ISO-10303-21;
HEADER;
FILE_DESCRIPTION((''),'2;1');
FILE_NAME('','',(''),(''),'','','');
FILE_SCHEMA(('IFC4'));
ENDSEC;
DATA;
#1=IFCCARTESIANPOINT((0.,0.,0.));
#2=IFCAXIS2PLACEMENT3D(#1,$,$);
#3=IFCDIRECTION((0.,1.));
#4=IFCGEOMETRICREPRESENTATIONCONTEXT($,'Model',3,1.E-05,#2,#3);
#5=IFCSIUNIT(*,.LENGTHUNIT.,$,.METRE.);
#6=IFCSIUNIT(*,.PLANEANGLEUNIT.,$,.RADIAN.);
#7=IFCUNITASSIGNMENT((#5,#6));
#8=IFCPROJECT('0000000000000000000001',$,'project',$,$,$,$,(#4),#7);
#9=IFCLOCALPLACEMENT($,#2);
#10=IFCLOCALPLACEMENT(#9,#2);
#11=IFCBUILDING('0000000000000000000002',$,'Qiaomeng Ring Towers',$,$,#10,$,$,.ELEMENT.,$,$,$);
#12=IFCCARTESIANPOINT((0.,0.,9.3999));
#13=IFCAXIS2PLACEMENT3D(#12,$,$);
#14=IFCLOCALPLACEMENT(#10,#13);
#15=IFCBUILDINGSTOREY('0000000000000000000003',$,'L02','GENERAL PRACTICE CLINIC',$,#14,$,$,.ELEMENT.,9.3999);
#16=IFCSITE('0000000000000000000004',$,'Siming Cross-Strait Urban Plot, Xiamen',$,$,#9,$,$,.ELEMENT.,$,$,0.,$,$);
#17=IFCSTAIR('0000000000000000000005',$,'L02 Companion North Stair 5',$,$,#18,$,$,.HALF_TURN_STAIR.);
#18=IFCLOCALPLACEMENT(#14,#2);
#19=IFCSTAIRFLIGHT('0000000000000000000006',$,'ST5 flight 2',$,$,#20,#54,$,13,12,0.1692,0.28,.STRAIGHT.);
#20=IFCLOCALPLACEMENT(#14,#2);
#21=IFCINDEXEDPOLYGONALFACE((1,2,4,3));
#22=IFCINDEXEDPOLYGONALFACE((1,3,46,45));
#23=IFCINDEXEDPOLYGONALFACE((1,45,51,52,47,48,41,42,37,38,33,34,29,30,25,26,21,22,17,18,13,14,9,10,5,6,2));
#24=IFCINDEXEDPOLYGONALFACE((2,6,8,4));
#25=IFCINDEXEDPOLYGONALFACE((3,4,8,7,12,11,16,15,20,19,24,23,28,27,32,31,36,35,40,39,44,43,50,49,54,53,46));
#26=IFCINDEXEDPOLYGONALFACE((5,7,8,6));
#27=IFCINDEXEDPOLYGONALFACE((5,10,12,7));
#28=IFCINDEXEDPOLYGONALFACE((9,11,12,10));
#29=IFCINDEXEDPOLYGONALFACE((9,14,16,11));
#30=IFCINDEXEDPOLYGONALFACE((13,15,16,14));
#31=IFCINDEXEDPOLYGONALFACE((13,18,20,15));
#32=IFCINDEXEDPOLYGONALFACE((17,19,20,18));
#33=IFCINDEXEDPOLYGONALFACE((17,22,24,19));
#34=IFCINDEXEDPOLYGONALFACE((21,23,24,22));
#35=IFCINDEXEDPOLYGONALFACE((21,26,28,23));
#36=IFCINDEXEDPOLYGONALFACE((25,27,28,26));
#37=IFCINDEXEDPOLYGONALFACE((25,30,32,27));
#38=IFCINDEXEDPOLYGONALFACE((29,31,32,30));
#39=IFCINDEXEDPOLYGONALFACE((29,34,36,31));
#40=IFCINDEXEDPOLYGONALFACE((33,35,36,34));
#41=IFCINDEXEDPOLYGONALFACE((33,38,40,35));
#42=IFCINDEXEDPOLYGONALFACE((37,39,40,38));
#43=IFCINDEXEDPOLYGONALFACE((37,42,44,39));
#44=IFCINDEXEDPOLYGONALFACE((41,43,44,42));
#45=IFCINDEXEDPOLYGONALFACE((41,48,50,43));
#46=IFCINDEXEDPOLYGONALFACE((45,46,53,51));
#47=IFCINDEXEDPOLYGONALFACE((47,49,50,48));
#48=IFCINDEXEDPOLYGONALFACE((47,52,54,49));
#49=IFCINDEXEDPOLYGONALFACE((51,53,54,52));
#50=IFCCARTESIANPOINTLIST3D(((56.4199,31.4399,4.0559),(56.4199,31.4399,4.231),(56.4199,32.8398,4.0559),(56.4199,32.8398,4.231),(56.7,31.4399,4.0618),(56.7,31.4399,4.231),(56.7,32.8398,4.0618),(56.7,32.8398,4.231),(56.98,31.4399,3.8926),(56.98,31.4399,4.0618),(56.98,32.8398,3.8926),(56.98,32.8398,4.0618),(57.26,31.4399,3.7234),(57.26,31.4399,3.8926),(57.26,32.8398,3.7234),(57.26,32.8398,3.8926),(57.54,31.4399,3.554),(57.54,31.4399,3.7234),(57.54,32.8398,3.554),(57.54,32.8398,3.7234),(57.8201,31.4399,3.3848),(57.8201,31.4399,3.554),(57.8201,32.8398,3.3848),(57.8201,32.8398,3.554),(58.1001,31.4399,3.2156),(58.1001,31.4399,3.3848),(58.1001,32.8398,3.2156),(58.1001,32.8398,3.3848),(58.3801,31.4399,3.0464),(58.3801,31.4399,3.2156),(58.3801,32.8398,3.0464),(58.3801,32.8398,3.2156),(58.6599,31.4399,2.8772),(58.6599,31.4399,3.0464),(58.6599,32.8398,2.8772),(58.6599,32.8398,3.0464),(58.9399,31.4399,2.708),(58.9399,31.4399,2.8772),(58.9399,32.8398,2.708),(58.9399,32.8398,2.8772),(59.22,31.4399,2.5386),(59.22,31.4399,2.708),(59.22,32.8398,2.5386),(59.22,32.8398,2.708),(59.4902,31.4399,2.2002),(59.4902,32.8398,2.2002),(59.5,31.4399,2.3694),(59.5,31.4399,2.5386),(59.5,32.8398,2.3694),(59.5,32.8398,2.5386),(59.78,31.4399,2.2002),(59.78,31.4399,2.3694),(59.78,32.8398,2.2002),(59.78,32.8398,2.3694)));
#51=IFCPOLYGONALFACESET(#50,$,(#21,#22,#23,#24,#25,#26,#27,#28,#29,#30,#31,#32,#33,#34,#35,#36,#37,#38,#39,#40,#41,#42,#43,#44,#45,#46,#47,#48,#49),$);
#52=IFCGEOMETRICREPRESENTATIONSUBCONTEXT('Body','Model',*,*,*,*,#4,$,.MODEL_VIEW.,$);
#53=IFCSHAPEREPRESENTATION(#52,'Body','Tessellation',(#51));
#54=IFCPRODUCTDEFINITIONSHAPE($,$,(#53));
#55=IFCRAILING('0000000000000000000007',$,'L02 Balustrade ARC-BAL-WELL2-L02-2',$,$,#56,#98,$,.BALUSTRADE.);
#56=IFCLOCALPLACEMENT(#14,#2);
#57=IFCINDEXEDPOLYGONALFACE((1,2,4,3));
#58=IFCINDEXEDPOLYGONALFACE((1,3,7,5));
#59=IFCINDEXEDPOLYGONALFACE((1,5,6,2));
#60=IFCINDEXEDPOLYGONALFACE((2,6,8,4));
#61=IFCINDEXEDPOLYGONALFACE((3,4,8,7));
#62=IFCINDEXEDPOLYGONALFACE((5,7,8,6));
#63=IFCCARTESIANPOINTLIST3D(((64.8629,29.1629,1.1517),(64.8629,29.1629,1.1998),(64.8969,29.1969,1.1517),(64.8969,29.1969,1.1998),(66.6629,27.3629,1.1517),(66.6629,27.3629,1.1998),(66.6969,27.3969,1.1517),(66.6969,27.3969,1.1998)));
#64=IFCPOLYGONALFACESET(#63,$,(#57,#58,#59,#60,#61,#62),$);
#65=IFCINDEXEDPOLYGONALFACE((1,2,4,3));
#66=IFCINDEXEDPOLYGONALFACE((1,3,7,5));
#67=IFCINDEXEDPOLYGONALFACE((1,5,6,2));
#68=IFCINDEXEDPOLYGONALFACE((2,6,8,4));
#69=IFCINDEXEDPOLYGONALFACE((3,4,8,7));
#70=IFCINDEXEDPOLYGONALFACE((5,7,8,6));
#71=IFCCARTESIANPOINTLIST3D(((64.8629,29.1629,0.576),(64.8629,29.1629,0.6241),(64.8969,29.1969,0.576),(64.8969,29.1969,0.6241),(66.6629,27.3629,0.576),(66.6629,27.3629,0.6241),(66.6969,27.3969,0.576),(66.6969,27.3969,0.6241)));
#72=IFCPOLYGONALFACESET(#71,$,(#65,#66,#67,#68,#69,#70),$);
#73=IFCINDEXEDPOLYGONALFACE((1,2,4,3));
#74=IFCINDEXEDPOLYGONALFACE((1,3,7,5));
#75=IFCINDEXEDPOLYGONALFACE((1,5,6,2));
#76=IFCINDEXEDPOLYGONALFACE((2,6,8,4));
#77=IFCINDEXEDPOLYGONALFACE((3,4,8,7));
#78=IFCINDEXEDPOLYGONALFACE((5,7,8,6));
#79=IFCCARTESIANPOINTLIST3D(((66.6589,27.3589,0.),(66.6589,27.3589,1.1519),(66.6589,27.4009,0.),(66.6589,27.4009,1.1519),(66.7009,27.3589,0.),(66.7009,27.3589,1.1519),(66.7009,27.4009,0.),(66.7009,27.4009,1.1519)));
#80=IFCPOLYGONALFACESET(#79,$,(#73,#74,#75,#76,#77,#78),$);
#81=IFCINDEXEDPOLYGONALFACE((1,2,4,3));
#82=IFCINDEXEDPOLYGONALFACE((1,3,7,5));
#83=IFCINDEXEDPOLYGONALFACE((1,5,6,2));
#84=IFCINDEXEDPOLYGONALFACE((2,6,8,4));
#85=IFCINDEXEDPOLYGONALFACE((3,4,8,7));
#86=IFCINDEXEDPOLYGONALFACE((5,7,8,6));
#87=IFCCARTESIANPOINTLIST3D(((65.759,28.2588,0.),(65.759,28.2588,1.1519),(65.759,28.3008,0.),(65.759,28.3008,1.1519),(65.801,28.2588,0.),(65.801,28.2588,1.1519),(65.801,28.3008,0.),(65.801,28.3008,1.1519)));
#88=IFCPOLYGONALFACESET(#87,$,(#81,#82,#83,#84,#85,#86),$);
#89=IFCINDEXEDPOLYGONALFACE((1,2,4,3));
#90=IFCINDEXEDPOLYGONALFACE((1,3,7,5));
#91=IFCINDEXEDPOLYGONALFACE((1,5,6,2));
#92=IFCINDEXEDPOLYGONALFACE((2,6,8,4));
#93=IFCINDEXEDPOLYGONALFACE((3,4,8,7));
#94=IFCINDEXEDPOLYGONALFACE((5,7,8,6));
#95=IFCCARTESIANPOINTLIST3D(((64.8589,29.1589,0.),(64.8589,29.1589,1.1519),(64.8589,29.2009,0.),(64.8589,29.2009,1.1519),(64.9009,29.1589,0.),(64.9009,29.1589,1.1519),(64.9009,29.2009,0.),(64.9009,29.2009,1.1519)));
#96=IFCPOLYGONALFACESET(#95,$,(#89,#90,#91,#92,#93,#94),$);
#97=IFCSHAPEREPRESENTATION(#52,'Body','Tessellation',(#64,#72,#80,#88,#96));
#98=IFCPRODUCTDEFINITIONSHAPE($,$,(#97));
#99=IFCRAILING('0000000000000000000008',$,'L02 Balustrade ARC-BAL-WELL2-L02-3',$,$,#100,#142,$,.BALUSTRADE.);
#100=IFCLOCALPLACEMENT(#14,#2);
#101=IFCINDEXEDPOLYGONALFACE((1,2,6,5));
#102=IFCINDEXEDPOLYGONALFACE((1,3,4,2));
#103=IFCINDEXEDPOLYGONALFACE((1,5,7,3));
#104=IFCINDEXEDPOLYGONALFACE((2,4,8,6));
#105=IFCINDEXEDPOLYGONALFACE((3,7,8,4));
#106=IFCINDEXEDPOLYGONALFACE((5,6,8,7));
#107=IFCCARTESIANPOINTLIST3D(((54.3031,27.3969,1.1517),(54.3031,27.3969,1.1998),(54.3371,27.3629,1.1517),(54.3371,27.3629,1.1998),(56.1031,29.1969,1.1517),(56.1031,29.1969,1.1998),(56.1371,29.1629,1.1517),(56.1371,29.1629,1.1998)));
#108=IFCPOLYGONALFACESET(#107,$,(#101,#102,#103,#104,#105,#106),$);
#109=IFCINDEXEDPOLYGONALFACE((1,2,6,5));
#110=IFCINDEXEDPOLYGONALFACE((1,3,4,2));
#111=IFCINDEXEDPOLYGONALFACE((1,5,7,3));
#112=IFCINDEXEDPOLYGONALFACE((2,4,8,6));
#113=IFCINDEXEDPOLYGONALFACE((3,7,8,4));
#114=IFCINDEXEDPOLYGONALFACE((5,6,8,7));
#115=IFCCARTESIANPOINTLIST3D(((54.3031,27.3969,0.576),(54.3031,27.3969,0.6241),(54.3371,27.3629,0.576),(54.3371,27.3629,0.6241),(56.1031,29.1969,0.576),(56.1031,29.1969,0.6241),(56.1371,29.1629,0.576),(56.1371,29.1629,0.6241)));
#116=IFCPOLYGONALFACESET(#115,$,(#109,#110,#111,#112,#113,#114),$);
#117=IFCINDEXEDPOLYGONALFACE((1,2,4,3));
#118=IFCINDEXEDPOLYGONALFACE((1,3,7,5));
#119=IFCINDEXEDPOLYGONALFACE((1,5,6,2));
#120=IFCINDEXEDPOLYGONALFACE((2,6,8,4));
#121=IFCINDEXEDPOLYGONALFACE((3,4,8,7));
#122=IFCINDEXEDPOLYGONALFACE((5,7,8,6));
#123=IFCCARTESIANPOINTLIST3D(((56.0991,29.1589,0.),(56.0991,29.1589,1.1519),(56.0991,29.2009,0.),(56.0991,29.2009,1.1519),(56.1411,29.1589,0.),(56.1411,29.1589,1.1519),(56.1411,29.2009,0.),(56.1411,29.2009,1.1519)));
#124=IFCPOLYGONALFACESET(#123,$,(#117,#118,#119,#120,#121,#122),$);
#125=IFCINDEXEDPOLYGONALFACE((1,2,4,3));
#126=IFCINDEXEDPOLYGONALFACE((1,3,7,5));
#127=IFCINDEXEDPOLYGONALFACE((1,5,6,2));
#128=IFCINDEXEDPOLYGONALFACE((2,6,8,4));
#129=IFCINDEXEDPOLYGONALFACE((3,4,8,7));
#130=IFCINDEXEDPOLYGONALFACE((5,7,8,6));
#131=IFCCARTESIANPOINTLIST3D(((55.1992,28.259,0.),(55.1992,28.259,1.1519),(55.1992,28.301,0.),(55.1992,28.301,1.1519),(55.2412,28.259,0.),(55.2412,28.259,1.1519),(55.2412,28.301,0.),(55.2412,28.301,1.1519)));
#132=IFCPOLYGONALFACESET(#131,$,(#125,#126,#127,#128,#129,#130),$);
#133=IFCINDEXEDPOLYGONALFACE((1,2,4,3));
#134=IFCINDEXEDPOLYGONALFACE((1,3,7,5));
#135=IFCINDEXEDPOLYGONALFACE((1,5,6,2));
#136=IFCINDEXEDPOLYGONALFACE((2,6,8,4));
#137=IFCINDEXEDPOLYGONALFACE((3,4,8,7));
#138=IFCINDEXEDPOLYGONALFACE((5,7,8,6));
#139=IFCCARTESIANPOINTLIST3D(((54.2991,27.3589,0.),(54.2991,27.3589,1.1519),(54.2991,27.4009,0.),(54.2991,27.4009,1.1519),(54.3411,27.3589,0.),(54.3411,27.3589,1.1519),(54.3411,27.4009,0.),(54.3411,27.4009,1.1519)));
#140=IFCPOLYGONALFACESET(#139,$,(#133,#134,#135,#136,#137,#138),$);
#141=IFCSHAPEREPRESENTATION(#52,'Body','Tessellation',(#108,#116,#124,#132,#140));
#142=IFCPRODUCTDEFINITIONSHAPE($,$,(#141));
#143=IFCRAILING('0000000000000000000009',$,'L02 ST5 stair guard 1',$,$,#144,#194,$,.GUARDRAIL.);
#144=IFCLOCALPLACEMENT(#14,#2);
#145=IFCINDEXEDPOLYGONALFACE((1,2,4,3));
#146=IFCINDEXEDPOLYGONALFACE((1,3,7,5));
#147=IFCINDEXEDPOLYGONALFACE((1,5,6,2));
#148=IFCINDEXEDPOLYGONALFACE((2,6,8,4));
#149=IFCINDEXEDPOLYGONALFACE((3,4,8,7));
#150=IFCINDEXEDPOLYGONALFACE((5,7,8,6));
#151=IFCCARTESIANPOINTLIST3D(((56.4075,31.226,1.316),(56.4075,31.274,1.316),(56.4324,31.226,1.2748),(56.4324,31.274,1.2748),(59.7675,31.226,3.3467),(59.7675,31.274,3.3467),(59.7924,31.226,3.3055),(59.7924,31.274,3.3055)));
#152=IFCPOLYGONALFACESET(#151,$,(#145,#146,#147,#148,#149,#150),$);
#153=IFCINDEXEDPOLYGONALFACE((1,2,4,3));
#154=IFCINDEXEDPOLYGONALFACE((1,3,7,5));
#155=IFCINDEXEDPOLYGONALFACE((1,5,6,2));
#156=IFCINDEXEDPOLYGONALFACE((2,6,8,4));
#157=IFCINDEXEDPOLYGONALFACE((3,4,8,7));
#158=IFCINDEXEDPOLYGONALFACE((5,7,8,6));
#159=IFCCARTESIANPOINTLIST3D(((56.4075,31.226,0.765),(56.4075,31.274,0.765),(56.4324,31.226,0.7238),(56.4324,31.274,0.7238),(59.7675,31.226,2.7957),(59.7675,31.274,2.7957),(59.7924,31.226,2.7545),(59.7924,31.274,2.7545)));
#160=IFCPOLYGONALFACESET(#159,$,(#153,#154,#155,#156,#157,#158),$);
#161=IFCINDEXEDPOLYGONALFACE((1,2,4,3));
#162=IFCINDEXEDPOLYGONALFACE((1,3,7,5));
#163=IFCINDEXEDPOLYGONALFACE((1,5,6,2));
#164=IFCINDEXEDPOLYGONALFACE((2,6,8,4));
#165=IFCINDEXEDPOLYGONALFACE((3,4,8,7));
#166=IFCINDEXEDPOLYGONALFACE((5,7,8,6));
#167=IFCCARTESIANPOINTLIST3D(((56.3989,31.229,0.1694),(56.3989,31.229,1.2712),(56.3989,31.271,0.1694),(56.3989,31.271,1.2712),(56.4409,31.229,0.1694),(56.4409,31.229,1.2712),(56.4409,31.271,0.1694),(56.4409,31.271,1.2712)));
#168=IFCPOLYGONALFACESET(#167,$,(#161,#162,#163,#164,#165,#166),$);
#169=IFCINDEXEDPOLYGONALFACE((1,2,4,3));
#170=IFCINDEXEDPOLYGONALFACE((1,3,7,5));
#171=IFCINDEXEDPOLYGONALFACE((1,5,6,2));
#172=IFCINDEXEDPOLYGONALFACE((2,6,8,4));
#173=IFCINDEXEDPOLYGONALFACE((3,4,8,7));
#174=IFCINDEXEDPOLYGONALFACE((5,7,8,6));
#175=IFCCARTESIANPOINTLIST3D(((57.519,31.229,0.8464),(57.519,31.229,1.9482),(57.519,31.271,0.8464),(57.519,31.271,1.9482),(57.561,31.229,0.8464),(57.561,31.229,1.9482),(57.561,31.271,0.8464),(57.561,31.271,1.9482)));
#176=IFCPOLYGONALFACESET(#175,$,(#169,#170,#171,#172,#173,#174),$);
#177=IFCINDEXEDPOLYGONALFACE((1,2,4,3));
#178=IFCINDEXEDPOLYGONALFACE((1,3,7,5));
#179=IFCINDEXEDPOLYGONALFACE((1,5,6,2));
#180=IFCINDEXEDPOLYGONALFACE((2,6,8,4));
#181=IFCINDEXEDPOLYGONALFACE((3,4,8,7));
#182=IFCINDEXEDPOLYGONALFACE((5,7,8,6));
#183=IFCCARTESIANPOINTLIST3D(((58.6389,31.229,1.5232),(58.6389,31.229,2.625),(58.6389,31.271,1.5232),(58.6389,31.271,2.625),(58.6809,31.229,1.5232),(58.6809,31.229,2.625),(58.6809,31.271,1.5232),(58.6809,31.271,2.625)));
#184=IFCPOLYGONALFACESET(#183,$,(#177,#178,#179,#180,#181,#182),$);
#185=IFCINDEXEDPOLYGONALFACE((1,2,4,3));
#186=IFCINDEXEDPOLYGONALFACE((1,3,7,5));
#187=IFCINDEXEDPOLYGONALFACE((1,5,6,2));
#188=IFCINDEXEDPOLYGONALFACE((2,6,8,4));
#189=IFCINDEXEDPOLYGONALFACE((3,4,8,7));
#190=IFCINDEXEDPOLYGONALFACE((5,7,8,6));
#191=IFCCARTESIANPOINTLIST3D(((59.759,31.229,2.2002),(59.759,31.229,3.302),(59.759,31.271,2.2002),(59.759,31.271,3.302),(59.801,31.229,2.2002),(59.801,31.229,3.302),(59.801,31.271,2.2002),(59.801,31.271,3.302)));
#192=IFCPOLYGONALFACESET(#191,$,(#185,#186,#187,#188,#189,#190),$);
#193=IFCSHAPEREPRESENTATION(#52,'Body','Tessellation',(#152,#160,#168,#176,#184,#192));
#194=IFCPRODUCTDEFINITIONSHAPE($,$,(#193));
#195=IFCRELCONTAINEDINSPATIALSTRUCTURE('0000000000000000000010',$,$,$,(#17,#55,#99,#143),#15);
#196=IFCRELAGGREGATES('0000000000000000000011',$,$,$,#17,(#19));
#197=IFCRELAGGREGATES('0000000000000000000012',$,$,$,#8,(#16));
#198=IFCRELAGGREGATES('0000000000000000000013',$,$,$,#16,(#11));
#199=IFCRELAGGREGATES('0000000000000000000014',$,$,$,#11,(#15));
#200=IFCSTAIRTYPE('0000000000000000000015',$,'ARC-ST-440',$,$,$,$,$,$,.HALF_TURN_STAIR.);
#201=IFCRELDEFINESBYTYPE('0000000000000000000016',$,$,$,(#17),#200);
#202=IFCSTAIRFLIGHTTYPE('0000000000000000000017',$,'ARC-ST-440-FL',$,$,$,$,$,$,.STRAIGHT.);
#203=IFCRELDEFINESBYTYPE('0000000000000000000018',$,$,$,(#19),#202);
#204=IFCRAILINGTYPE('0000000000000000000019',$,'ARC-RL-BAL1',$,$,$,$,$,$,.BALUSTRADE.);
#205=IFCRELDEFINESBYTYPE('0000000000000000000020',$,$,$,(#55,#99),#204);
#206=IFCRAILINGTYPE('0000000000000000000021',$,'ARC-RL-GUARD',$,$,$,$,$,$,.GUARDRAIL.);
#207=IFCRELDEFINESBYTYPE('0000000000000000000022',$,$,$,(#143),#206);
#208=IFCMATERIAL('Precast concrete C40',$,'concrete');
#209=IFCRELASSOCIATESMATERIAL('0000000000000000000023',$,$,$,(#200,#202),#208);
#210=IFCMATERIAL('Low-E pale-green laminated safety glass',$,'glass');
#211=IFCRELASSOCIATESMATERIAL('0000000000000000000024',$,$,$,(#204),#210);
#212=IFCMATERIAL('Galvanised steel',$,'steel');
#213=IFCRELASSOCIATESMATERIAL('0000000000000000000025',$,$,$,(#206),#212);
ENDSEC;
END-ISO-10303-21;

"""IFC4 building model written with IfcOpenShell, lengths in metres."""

from ifc_helpers import new_model, si_unit, direction, frame, origin, origin_2d, place, context, subcontext, project, spatial, polyline, rectangle, outline, extrude, source, transform, mapped, material, type_object, element, aggregate, save


model = new_model("IFC4")

# Units and contexts
model_context = context("Model", 3, precision=1e-05, world=origin(), true_north=direction((0.0, 1.0)))
body_context = subcontext(model_context, "Body", "Model", "MODEL_VIEW")
ifc_project = project(units=[si_unit("LENGTHUNIT", "METRE"), si_unit("PLANEANGLEUNIT", "RADIAN")], contexts=[model_context])

# Site, building, storey
site_placement = place(None, origin())
site = spatial("IfcSite", under=ifc_project, at=site_placement, Name="Siming Cross-Strait Urban Plot, Xiamen", CompositionType="ELEMENT", RefElevation=0.0)
building_placement = place(site_placement, origin())
building = spatial("IfcBuilding", under=site, at=building_placement, Name="Qiaomeng Ring Towers", CompositionType="ELEMENT")
storey_placement = place(building_placement, frame((0.0, 0.0, 9.3999)))
storey = spatial("IfcBuildingStorey", under=building, at=storey_placement, Name="L02", Description="GENERAL PRACTICE CLINIC", CompositionType="ELEMENT", Elevation=9.3999)

# Shared definitions
ifc_material_1 = material(Name="Galvanised steel", Category="steel")

# Stair, stair flight
ifc_material_2 = material(Name="Precast concrete C40", Category="concrete")
stair_type = type_object("IfcStairType", Name="ARC-ST-440", PredefinedType="HALF_TURN_STAIR", material=ifc_material_2)
stair_placement = place(storey_placement, origin())
stair = element("IfcStair", 1, at=stair_placement, inside=storey, type_object=stair_type, Name="L02 Companion North Stair 5", PredefinedType="HALF_TURN_STAIR")
stair_flight_type = type_object("IfcStairFlightType", Name="ARC-ST-440-FL", PredefinedType="STRAIGHT", material=ifc_material_2)
shared_shape_1 = source(origin(), body_context, "Body", "SweptSolid", [
    extrude(outline(polyline([(0.0, 0.0), (0.0, 0.1692), (0.28, 0.1692), (0.28, 0.3384), (0.5601, 0.3384), (0.5601, 0.5078), (0.8401, 0.5078), (0.8401, 0.677), (1.1201, 0.677), (1.1201, 0.8462), (1.3999, 0.8462), (1.3999, 1.0154), (1.6799, 1.0154), (1.6799, 1.1846), (1.96, 1.1846), (1.96, 1.3538), (2.24, 1.3538), (2.24, 1.5232), (2.52, 1.5232), (2.52, 1.6924), (2.8, 1.6924), (2.8, 1.8616), (3.0801, 1.8616), (3.0801, 2.0308), (3.3601, 2.0308), (3.3601, 2.2), (3.3601, 1.8557), (0.2898, 0.0), (0.0, 0.0)])), frame((0.0, 0.7, 0.0), z_axis=(0.0, -1.0, 0.0), x_axis=(1.0, 0.0, 0.0)), (0.0, 0.0, 1.0), 1.3999),
])
stair_flight_1_placement = place(storey_placement, frame((59.78, 32.1399, 2.2002), z_axis=(0.0, 0.0, 1.0), x_axis=(-1.0, 0.0, 0.0)))
stair_flight_1 = element("IfcStairFlight", 2, at=stair_flight_1_placement, type_object=stair_flight_type, Name="ST5 flight 2", NumberOfRisers=13, NumberOfTreads=12, PredefinedType="STRAIGHT", RiserHeight=0.1692, TreadLength=0.28, context=body_context, shape_type="MappedRepresentation", body=[
    mapped(shared_shape_1, transform((0.0, 0.0, 0.0), x_axis=(1.0, 0.0, 0.0), y_axis=(0.0, 1.0, 0.0), z_axis=(0.0, 0.0, 1.0), scale=1.0)),
])
aggregate(stair, [stair_flight_1])

# Railings
ifc_material_3 = material(Name="Low-E pale-green laminated safety glass", Category="glass")
railing_type_1 = type_object("IfcRailingType", Name="ARC-RL-BAL1", PredefinedType="BALUSTRADE", material=ifc_material_3)
railing_1_placement = place(storey_placement, frame((66.6799, 27.3799, 0.0)))
element("IfcRailing", 3, at=railing_1_placement, inside=storey, type_object=railing_type_1, Name="L02 Balustrade ARC-BAL-WELL2-L02-2", PredefinedType="BALUSTRADE", context=body_context, shape_type="SweptSolid", body=[
    extrude(rectangle(XDim=0.0481, YDim=0.0481, at=origin_2d()), frame((0.0, 0.0, 1.1758), z_axis=(-0.707107, 0.707107, 0.0), x_axis=(-0.707107, -0.707107, 0.0)), (0.0, 0.0, 1.0), 2.5457),
    extrude(rectangle(XDim=0.0481, YDim=0.0481, at=origin_2d()), frame((0.0, 0.0, 0.6001), z_axis=(-0.707107, 0.707107, 0.0), x_axis=(-0.707107, -0.707107, 0.0)), (0.0, 0.0, 1.0), 2.5457),
    extrude(rectangle(XDim=0.042, YDim=0.042, at=origin_2d()), origin(), (0.0, 0.0, 1.0), 1.1519),
    extrude(rectangle(XDim=0.042, YDim=0.042, at=origin_2d()), frame((-0.8999, 0.8999, 0.0)), (0.0, 0.0, 1.0), 1.1519),
    extrude(rectangle(XDim=0.042, YDim=0.042, at=origin_2d()), frame((-1.8, 1.8, 0.0)), (0.0, 0.0, 1.0), 1.1519),
])
railing_2_placement = place(storey_placement, frame((56.1201, 29.1799, 0.0)))
element("IfcRailing", 4, at=railing_2_placement, inside=storey, type_object=railing_type_1, Name="L02 Balustrade ARC-BAL-WELL2-L02-3", PredefinedType="BALUSTRADE", context=body_context, shape_type="SweptSolid", body=[
    extrude(rectangle(XDim=0.0481, YDim=0.0481, at=origin_2d()), frame((0.0, 0.0, 1.1758), z_axis=(-0.707107, -0.707107, 0.0), x_axis=(0.707107, -0.707107, 0.0)), (0.0, 0.0, 1.0), 2.5457),
    extrude(rectangle(XDim=0.0481, YDim=0.0481, at=origin_2d()), frame((0.0, 0.0, 0.6001), z_axis=(-0.707107, -0.707107, 0.0), x_axis=(0.707107, -0.707107, 0.0)), (0.0, 0.0, 1.0), 2.5457),
    extrude(rectangle(XDim=0.042, YDim=0.042, at=origin_2d()), origin(), (0.0, 0.0, 1.0), 1.1519),
    extrude(rectangle(XDim=0.042, YDim=0.042, at=origin_2d()), frame((-0.8999, -0.8999, 0.0)), (0.0, 0.0, 1.0), 1.1519),
    extrude(rectangle(XDim=0.042, YDim=0.042, at=origin_2d()), frame((-1.8, -1.8, 0.0)), (0.0, 0.0, 1.0), 1.1519),
])
railing_type_2 = type_object("IfcRailingType", Name="ARC-RL-GUARD", PredefinedType="GUARDRAIL", material=ifc_material_1)
railing_3_placement = place(storey_placement, frame((56.4199, 31.25, 0.1694)))
element("IfcRailing", 5, at=railing_3_placement, inside=storey, type_object=railing_type_2, Name="L02 ST5 stair guard 1", PredefinedType="GUARDRAIL", context=body_context, shape_type="SweptSolid", body=[
    extrude(rectangle(XDim=0.0481, YDim=0.0481, at=origin_2d()), frame((0.0, 0.0, 1.126), z_axis=(0.855837, 0.0, 0.517246), x_axis=(0.0, 1.0, 0.0)), (0.0, 0.0, 1.0), 3.926),
    extrude(rectangle(XDim=0.0481, YDim=0.0481, at=origin_2d()), frame((0.0, 0.0, 0.575), z_axis=(0.855837, 0.0, 0.517246), x_axis=(0.0, 1.0, 0.0)), (0.0, 0.0, 1.0), 3.926),
    extrude(rectangle(XDim=0.042, YDim=0.042, at=origin_2d()), origin(), (0.0, 0.0, 1.0), 1.1018),
    extrude(rectangle(XDim=0.042, YDim=0.042, at=origin_2d()), frame((1.1201, 0.0, 0.677)), (0.0, 0.0, 1.0), 1.1018),
    extrude(rectangle(XDim=0.042, YDim=0.042, at=origin_2d()), frame((2.24, 0.0, 1.3538)), (0.0, 0.0, 1.0), 1.1018),
    extrude(rectangle(XDim=0.042, YDim=0.042, at=origin_2d()), frame((3.3601, 0.0, 2.0308)), (0.0, 0.0, 1.0), 1.1018),
])

save(model, "model.ifc")
